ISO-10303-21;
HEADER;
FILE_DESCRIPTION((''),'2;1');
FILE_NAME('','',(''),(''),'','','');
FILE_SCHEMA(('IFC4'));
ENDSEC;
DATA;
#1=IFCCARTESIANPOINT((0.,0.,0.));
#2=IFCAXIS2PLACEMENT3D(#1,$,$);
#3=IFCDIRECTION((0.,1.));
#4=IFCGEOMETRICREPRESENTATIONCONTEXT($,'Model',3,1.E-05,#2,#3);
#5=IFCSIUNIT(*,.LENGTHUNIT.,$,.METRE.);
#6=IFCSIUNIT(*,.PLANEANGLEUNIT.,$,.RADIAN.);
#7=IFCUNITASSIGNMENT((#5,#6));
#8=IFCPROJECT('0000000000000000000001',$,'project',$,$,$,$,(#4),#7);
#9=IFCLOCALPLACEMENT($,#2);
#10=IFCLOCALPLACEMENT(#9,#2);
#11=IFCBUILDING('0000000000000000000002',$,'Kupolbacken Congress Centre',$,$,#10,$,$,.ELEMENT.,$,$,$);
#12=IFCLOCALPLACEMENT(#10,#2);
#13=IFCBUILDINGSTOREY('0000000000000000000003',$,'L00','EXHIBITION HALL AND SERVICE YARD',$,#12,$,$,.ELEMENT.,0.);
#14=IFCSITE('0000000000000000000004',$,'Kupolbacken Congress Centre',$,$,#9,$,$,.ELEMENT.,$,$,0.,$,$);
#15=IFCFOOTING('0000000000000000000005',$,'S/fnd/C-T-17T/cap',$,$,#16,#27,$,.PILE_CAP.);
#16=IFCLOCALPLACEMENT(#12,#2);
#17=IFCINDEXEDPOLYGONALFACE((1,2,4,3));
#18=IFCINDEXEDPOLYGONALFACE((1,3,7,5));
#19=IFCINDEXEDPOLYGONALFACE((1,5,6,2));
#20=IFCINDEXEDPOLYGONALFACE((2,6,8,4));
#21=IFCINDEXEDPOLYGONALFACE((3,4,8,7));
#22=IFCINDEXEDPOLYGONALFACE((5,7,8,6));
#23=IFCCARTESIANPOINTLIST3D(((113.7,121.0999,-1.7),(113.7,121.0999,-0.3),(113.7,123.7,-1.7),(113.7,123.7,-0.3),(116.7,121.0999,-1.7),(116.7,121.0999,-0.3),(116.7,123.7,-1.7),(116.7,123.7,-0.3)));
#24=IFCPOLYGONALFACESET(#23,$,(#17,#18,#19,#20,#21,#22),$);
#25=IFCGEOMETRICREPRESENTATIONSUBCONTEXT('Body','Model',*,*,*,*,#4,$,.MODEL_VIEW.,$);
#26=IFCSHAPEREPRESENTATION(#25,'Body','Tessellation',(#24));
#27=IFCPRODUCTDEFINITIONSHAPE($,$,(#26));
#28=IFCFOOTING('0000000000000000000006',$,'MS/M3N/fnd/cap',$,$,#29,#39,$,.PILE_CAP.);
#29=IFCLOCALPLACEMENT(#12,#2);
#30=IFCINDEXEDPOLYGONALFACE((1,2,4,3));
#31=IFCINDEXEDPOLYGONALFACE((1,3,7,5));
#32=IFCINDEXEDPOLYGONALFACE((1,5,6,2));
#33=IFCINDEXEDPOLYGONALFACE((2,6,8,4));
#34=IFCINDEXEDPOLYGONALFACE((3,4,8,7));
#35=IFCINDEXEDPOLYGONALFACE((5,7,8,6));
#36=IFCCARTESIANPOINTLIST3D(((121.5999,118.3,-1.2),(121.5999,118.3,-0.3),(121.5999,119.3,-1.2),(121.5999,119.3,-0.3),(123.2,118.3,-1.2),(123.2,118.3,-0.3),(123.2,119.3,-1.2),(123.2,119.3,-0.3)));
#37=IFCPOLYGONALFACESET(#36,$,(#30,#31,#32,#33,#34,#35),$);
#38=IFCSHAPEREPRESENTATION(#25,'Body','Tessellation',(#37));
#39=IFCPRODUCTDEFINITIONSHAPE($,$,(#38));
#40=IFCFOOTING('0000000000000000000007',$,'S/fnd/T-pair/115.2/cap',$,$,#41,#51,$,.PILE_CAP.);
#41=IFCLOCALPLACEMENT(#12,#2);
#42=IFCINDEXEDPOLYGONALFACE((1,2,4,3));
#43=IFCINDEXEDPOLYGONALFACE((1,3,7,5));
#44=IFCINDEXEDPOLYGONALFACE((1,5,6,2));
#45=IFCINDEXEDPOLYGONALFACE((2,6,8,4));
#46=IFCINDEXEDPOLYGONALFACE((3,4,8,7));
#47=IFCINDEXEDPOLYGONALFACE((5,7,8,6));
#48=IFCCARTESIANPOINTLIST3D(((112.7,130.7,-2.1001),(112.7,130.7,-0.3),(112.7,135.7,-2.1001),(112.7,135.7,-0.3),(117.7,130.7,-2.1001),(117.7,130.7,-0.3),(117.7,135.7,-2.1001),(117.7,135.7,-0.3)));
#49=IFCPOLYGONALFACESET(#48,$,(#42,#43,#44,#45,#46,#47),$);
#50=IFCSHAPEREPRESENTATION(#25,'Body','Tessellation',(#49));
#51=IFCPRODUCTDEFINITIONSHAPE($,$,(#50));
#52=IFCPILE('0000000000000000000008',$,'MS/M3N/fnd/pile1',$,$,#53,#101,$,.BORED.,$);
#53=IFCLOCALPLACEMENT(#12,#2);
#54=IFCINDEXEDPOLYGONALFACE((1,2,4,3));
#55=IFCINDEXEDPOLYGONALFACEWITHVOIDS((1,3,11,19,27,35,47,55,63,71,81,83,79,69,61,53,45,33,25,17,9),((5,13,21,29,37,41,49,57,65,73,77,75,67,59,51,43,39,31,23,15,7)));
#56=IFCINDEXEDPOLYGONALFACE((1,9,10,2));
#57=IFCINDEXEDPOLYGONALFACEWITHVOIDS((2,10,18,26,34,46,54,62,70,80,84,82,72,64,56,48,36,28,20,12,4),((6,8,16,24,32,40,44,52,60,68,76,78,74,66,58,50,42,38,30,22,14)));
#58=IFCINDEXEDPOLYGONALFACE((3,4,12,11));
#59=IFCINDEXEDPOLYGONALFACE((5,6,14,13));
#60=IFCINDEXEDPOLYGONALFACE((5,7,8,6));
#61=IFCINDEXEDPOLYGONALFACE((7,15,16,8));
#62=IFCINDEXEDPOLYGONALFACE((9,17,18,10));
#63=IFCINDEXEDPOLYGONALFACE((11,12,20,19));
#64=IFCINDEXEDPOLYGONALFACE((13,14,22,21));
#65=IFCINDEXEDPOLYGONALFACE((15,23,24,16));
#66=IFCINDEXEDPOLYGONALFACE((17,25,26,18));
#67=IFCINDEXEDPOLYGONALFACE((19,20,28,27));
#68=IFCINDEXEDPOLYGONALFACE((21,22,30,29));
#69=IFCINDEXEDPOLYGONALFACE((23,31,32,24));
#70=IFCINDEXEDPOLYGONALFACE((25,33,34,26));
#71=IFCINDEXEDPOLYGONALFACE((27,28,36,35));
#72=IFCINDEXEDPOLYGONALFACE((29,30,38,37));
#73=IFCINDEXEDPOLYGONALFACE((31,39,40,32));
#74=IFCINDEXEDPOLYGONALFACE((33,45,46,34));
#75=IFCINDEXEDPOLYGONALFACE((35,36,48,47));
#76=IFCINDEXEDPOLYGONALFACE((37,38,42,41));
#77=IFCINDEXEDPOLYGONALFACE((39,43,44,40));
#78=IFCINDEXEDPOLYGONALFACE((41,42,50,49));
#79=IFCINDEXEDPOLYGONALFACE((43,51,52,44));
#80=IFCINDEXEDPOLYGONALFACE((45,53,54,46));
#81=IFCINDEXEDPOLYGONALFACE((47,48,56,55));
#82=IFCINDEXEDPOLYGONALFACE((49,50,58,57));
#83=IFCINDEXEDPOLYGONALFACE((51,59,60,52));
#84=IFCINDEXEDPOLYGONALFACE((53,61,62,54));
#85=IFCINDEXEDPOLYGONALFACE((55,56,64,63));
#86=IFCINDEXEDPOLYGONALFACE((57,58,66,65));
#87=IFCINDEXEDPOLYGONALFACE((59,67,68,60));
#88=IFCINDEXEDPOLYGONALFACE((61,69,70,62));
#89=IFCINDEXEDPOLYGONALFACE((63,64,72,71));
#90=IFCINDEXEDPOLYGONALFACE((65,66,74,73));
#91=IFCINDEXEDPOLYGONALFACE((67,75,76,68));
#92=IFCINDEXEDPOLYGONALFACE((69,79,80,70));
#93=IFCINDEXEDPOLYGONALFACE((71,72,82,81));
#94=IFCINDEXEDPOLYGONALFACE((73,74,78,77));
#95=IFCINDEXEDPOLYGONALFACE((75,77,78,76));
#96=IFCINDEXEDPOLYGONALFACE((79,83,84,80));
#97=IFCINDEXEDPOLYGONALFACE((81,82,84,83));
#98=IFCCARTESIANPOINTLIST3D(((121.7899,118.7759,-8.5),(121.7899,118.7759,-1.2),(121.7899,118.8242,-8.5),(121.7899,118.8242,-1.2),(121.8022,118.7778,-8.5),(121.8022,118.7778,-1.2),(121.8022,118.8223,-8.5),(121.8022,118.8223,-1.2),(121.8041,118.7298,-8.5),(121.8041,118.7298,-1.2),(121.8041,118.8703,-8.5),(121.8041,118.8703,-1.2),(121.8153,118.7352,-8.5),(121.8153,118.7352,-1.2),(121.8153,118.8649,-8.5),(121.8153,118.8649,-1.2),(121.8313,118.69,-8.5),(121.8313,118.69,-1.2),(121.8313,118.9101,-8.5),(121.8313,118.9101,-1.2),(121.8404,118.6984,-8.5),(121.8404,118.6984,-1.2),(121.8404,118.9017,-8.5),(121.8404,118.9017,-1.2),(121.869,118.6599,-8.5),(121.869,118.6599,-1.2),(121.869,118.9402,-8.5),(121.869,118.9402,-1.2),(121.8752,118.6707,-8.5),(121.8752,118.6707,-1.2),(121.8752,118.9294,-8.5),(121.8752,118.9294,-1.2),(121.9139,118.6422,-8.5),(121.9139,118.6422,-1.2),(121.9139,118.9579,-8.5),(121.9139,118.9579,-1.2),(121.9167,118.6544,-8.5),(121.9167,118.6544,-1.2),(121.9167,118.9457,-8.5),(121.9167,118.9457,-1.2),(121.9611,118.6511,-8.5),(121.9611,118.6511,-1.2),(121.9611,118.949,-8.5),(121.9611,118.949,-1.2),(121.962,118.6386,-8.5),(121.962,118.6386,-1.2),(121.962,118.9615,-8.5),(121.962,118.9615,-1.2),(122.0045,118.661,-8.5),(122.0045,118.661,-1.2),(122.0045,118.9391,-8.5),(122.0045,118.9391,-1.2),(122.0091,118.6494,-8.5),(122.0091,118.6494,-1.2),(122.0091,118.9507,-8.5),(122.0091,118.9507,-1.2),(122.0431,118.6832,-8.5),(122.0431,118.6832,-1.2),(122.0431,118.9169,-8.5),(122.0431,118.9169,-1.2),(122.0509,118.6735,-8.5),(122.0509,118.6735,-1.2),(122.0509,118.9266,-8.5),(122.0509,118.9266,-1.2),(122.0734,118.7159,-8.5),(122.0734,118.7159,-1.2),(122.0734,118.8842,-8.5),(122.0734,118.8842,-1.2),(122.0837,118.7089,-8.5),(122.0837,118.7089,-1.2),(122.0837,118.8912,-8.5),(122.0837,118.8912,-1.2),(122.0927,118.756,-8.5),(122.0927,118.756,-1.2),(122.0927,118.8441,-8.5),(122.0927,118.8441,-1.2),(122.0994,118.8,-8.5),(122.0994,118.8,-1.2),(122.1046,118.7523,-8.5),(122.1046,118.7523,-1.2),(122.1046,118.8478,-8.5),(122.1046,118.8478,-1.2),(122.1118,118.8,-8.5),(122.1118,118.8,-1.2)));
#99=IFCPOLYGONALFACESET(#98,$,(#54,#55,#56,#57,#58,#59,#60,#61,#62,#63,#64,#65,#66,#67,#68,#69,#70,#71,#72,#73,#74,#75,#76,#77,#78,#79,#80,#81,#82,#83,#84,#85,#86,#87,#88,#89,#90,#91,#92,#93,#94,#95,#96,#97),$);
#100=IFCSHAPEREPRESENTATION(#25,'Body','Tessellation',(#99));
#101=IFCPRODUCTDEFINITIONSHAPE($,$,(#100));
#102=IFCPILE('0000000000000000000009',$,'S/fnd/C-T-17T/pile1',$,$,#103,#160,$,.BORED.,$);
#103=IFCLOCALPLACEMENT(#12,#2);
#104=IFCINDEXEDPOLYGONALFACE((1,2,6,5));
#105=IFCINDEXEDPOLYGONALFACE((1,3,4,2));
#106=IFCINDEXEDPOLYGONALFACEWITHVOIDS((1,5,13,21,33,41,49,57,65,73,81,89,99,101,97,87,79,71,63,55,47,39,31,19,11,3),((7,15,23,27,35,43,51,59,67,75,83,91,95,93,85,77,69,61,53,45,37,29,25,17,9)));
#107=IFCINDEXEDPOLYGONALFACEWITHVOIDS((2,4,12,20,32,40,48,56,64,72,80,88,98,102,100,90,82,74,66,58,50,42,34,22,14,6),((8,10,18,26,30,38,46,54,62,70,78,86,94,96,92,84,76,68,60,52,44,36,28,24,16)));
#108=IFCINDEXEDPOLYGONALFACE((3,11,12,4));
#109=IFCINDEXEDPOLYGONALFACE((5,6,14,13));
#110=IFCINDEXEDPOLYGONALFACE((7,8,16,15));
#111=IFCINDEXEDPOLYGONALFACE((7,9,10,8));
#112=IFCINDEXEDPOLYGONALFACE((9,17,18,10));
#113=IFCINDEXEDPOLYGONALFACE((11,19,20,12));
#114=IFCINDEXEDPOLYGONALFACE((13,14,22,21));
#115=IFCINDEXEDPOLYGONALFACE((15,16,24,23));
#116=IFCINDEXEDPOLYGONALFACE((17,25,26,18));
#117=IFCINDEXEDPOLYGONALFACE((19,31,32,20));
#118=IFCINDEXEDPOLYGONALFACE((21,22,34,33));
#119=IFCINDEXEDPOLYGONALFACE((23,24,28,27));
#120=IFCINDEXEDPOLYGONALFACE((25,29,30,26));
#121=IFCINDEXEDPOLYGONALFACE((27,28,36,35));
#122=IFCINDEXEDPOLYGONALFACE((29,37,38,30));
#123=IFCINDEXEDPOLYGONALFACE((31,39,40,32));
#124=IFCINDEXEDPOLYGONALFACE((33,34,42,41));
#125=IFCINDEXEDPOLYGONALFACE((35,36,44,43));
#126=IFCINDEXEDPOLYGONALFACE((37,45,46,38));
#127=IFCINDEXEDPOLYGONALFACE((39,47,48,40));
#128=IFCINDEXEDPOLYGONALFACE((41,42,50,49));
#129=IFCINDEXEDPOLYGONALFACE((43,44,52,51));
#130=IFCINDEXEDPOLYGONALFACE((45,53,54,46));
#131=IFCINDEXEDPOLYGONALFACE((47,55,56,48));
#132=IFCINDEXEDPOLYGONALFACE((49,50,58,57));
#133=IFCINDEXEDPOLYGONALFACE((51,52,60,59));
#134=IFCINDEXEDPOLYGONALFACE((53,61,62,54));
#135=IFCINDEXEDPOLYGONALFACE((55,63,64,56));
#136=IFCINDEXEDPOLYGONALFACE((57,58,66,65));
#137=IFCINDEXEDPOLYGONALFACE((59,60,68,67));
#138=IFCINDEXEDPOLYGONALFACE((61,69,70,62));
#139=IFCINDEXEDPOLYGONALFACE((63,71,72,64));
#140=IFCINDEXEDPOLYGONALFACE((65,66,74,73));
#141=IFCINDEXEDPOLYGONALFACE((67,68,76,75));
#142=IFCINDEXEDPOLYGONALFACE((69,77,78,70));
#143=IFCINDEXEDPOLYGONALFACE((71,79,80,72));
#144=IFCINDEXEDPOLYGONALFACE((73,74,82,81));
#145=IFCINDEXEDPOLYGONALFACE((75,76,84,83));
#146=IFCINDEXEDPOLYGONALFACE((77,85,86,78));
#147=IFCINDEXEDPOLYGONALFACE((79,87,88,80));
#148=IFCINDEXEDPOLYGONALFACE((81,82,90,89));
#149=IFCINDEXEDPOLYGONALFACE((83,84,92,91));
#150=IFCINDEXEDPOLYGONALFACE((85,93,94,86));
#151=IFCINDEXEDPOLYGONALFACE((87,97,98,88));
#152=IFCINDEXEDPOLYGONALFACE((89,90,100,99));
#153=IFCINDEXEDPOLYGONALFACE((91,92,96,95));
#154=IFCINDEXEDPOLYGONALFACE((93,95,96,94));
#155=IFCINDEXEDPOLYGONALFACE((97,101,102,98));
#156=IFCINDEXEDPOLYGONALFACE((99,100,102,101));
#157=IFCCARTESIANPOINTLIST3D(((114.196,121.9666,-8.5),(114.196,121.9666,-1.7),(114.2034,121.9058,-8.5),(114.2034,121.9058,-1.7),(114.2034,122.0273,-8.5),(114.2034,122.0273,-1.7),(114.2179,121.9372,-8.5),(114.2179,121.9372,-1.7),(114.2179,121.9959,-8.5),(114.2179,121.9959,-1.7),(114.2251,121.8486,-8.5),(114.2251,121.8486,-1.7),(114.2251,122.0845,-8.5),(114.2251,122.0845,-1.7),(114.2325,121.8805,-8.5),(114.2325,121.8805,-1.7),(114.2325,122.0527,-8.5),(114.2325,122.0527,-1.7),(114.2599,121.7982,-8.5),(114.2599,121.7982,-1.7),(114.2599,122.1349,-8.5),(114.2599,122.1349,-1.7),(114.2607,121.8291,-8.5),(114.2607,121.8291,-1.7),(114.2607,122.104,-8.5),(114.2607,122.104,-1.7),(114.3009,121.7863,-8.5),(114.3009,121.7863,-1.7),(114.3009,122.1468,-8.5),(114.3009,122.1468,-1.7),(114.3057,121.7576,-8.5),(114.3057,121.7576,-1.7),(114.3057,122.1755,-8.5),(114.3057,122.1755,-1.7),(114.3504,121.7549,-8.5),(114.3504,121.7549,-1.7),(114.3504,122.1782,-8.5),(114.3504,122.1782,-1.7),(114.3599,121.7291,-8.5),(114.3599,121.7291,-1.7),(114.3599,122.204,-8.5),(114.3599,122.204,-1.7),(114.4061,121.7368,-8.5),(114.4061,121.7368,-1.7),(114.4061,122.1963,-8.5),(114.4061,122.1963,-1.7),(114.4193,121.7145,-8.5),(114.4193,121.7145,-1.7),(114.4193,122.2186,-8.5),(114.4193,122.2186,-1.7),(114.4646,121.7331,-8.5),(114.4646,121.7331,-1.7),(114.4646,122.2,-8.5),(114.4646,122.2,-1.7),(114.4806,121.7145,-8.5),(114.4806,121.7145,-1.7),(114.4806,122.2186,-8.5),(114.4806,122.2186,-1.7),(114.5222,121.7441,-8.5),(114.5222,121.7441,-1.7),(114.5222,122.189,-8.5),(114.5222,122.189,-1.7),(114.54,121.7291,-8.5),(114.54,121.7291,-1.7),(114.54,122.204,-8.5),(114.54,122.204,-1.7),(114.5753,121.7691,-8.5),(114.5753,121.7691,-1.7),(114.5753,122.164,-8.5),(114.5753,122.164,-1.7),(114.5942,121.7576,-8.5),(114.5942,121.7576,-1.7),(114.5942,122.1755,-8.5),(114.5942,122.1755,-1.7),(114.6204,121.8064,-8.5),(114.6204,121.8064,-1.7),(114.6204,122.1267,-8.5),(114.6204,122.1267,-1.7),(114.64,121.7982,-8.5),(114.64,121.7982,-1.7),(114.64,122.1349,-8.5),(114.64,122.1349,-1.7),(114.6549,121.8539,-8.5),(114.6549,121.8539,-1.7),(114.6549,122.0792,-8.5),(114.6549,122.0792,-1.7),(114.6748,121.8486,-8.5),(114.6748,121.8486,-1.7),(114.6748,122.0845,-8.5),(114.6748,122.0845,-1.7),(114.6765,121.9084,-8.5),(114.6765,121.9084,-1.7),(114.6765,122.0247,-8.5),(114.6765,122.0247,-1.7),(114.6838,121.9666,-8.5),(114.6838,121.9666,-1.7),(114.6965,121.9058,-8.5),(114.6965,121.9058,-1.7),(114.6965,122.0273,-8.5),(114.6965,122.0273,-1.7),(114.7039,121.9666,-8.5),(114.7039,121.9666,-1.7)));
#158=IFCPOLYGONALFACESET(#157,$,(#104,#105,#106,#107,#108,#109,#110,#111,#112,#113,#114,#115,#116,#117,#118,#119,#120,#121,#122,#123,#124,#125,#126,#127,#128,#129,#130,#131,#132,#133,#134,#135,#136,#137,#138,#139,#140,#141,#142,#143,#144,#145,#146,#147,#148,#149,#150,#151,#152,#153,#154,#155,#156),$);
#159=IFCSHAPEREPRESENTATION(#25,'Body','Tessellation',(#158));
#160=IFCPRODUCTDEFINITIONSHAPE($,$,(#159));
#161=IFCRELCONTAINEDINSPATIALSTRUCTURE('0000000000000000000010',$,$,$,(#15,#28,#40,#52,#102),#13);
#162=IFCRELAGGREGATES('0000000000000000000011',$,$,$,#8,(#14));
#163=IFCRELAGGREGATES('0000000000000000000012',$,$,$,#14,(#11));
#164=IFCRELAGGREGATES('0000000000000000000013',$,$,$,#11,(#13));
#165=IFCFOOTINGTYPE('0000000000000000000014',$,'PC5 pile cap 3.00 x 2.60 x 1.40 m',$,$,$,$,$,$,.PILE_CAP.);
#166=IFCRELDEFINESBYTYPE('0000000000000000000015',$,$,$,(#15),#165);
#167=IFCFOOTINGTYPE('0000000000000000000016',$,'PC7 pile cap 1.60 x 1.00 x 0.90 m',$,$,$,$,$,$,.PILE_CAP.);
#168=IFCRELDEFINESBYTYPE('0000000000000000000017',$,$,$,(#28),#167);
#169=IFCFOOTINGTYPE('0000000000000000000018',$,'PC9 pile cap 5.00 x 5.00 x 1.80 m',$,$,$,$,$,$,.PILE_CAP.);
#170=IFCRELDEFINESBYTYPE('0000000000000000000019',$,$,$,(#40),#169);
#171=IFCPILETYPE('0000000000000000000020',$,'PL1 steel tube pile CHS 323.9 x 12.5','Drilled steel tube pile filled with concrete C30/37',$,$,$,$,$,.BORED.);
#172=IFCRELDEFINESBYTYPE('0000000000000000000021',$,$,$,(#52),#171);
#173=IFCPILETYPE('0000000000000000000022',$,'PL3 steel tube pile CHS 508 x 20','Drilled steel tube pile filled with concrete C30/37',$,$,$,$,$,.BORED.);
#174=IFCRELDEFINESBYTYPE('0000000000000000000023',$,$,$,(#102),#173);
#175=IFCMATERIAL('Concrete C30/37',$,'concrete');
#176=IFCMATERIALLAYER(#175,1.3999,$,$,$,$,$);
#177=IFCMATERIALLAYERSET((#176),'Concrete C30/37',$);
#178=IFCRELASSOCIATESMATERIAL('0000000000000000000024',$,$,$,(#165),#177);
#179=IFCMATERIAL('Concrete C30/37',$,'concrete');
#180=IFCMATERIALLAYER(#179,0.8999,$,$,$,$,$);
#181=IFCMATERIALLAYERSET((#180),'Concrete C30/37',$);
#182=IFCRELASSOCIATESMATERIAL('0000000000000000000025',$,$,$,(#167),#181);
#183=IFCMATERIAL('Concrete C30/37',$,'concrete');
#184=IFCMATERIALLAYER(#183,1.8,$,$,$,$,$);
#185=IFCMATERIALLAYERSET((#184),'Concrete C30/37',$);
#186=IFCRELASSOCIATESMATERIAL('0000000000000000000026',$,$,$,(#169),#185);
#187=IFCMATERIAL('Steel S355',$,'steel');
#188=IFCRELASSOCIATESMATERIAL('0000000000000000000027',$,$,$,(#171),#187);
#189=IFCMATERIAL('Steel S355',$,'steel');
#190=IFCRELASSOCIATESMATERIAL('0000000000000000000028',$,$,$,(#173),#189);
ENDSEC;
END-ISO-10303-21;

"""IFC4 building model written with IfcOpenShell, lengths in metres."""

from ifc_helpers import new_model, si_unit, direction, frame, origin, origin_2d, place, context, subcontext, project, spatial, rectangle, hollow_circle, extrude, material, layer, layer_set, material_profile, profile_set, type_object, element, save


model = new_model("IFC4")

# Units and contexts
model_context = context("Model", 3, precision=1e-05, world=origin(), true_north=direction((0.0, 1.0)))
body_context = subcontext(model_context, "Body", "Model", "MODEL_VIEW")
ifc_project = project(units=[si_unit("LENGTHUNIT", "METRE"), si_unit("PLANEANGLEUNIT", "RADIAN")], contexts=[model_context])

# Site, building, storey
site_placement = place(None, origin())
site = spatial("IfcSite", under=ifc_project, at=site_placement, Name="Kupolbacken Congress Centre", CompositionType="ELEMENT", RefElevation=0.0)
building_placement = place(site_placement, origin())
building = spatial("IfcBuilding", under=site, at=building_placement, Name="Kupolbacken Congress Centre", CompositionType="ELEMENT")
storey_placement = place(building_placement, origin())
storey = spatial("IfcBuildingStorey", under=building, at=storey_placement, Name="L00", Description="EXHIBITION HALL AND SERVICE YARD", CompositionType="ELEMENT", Elevation=0.0)

# Footings
ifc_material_1 = material(Name="Concrete C30/37", Category="concrete")
ifc_layer_1 = layer(ifc_material_1, 1.3999)
ifc_layer_set_1 = layer_set([ifc_layer_1], Name="Concrete C30/37")
footing_type_1 = type_object("IfcFootingType", Name="PC5 pile cap 3.00 x 2.60 x 1.40 m", PredefinedType="PILE_CAP", material=ifc_layer_set_1)
footing_1_placement = place(storey_placement, frame((115.2, 122.3999, -1.7), z_axis=(0.0, 0.0, 1.0), x_axis=(1.0, 0.0, 0.0)))
element("IfcFooting", 1, at=footing_1_placement, inside=storey, type_object=footing_type_1, Name="S/fnd/C-T-17T/cap", PredefinedType="PILE_CAP", context=body_context, shape_type="SweptSolid", body=[
    extrude(rectangle(XDim=3.0, YDim=2.6001, at=origin_2d()), origin(), (0.0, 0.0, 1.0), 1.3999),
])
ifc_material_2 = material(Name="Concrete C30/37", Category="concrete")
ifc_layer_2 = layer(ifc_material_2, 0.8999)
ifc_layer_set_2 = layer_set([ifc_layer_2], Name="Concrete C30/37")
footing_type_2 = type_object("IfcFootingType", Name="PC7 pile cap 1.60 x 1.00 x 0.90 m", PredefinedType="PILE_CAP", material=ifc_layer_set_2)
footing_2_placement = place(storey_placement, frame((122.3999, 118.8, -1.2), z_axis=(0.0, 0.0, 1.0), x_axis=(1.0, 0.0, 0.0)))
element("IfcFooting", 2, at=footing_2_placement, inside=storey, type_object=footing_type_2, Name="MS/M3N/fnd/cap", PredefinedType="PILE_CAP", context=body_context, shape_type="SweptSolid", body=[
    extrude(rectangle(XDim=1.6001, YDim=1.0, at=origin_2d()), origin(), (0.0, 0.0, 1.0), 0.8999),
])
ifc_material_3 = material(Name="Concrete C30/37", Category="concrete")
ifc_layer_3 = layer(ifc_material_3, 1.8)
ifc_layer_set_3 = layer_set([ifc_layer_3], Name="Concrete C30/37")
footing_type_3 = type_object("IfcFootingType", Name="PC9 pile cap 5.00 x 5.00 x 1.80 m", PredefinedType="PILE_CAP", material=ifc_layer_set_3)
footing_3_placement = place(storey_placement, frame((115.2, 133.2, -2.1001), z_axis=(0.0, 0.0, 1.0), x_axis=(1.0, 0.0, 0.0)))
element("IfcFooting", 3, at=footing_3_placement, inside=storey, type_object=footing_type_3, Name="S/fnd/T-pair/115.2/cap", PredefinedType="PILE_CAP", context=body_context, shape_type="SweptSolid", body=[
    extrude(rectangle(XDim=5.0, YDim=5.0, at=origin_2d()), origin(), (0.0, 0.0, 1.0), 1.8),
])

# Piles
ifc_material_4 = material(Name="Steel S355", Category="steel")
ifc_material_profile_1 = material_profile(ifc_material_4, hollow_circle(Radius=0.1619, WallThickness=0.0125, at=origin_2d()), Name="CHS 323.9 x 12.5")
ifc_profile_set_1 = profile_set([ifc_material_profile_1], Name="Steel S355")
pile_type_1 = type_object("IfcPileType", Name="PL1 steel tube pile CHS 323.9 x 12.5", Description="Drilled steel tube pile filled with concrete C30/37", PredefinedType="BORED", material=ifc_profile_set_1)
pile_1_placement = place(storey_placement, frame((121.95, 118.8, -1.2), z_axis=(0.0, 0.0, -1.0), x_axis=(1.0, 0.0, 0.0)))
element("IfcPile", 4, at=pile_1_placement, inside=storey, type_object=pile_type_1, Name="MS/M3N/fnd/pile1", PredefinedType="BORED", context=body_context, shape_type="SweptSolid", body=[
    extrude(hollow_circle(Radius=0.1619, WallThickness=0.0125, at=origin_2d()), origin(), (0.0, 0.0, 1.0), 7.3),
])
ifc_material_5 = material(Name="Steel S355", Category="steel")
ifc_material_profile_2 = material_profile(ifc_material_5, hollow_circle(Radius=0.2539, WallThickness=0.02, at=origin_2d()), Name="CHS 508 x 20")
ifc_profile_set_2 = profile_set([ifc_material_profile_2], Name="Steel S355")
pile_type_2 = type_object("IfcPileType", Name="PL3 steel tube pile CHS 508 x 20", Description="Drilled steel tube pile filled with concrete C30/37", PredefinedType="BORED", material=ifc_profile_set_2)
for number, where, z_axis, x_axis, name in (
    (5, (114.45, 121.9666, -1.7), (0.0, 0.0, -1.0), (1.0, 0.0, 0.0), "S/fnd/C-T-17T/pile1"),
):
    element("IfcPile", number, at=place(storey_placement, frame(where, z_axis=z_axis, x_axis=x_axis)), inside=storey, type_object=pile_type_2, Name=name, PredefinedType="BORED", context=body_context, shape_type="SweptSolid", body=[
        extrude(hollow_circle(Radius=0.2539, WallThickness=0.02, at=origin_2d()), origin(), (0.0, 0.0, 1.0), 6.8),
    ])

save(model, "model.ifc")
